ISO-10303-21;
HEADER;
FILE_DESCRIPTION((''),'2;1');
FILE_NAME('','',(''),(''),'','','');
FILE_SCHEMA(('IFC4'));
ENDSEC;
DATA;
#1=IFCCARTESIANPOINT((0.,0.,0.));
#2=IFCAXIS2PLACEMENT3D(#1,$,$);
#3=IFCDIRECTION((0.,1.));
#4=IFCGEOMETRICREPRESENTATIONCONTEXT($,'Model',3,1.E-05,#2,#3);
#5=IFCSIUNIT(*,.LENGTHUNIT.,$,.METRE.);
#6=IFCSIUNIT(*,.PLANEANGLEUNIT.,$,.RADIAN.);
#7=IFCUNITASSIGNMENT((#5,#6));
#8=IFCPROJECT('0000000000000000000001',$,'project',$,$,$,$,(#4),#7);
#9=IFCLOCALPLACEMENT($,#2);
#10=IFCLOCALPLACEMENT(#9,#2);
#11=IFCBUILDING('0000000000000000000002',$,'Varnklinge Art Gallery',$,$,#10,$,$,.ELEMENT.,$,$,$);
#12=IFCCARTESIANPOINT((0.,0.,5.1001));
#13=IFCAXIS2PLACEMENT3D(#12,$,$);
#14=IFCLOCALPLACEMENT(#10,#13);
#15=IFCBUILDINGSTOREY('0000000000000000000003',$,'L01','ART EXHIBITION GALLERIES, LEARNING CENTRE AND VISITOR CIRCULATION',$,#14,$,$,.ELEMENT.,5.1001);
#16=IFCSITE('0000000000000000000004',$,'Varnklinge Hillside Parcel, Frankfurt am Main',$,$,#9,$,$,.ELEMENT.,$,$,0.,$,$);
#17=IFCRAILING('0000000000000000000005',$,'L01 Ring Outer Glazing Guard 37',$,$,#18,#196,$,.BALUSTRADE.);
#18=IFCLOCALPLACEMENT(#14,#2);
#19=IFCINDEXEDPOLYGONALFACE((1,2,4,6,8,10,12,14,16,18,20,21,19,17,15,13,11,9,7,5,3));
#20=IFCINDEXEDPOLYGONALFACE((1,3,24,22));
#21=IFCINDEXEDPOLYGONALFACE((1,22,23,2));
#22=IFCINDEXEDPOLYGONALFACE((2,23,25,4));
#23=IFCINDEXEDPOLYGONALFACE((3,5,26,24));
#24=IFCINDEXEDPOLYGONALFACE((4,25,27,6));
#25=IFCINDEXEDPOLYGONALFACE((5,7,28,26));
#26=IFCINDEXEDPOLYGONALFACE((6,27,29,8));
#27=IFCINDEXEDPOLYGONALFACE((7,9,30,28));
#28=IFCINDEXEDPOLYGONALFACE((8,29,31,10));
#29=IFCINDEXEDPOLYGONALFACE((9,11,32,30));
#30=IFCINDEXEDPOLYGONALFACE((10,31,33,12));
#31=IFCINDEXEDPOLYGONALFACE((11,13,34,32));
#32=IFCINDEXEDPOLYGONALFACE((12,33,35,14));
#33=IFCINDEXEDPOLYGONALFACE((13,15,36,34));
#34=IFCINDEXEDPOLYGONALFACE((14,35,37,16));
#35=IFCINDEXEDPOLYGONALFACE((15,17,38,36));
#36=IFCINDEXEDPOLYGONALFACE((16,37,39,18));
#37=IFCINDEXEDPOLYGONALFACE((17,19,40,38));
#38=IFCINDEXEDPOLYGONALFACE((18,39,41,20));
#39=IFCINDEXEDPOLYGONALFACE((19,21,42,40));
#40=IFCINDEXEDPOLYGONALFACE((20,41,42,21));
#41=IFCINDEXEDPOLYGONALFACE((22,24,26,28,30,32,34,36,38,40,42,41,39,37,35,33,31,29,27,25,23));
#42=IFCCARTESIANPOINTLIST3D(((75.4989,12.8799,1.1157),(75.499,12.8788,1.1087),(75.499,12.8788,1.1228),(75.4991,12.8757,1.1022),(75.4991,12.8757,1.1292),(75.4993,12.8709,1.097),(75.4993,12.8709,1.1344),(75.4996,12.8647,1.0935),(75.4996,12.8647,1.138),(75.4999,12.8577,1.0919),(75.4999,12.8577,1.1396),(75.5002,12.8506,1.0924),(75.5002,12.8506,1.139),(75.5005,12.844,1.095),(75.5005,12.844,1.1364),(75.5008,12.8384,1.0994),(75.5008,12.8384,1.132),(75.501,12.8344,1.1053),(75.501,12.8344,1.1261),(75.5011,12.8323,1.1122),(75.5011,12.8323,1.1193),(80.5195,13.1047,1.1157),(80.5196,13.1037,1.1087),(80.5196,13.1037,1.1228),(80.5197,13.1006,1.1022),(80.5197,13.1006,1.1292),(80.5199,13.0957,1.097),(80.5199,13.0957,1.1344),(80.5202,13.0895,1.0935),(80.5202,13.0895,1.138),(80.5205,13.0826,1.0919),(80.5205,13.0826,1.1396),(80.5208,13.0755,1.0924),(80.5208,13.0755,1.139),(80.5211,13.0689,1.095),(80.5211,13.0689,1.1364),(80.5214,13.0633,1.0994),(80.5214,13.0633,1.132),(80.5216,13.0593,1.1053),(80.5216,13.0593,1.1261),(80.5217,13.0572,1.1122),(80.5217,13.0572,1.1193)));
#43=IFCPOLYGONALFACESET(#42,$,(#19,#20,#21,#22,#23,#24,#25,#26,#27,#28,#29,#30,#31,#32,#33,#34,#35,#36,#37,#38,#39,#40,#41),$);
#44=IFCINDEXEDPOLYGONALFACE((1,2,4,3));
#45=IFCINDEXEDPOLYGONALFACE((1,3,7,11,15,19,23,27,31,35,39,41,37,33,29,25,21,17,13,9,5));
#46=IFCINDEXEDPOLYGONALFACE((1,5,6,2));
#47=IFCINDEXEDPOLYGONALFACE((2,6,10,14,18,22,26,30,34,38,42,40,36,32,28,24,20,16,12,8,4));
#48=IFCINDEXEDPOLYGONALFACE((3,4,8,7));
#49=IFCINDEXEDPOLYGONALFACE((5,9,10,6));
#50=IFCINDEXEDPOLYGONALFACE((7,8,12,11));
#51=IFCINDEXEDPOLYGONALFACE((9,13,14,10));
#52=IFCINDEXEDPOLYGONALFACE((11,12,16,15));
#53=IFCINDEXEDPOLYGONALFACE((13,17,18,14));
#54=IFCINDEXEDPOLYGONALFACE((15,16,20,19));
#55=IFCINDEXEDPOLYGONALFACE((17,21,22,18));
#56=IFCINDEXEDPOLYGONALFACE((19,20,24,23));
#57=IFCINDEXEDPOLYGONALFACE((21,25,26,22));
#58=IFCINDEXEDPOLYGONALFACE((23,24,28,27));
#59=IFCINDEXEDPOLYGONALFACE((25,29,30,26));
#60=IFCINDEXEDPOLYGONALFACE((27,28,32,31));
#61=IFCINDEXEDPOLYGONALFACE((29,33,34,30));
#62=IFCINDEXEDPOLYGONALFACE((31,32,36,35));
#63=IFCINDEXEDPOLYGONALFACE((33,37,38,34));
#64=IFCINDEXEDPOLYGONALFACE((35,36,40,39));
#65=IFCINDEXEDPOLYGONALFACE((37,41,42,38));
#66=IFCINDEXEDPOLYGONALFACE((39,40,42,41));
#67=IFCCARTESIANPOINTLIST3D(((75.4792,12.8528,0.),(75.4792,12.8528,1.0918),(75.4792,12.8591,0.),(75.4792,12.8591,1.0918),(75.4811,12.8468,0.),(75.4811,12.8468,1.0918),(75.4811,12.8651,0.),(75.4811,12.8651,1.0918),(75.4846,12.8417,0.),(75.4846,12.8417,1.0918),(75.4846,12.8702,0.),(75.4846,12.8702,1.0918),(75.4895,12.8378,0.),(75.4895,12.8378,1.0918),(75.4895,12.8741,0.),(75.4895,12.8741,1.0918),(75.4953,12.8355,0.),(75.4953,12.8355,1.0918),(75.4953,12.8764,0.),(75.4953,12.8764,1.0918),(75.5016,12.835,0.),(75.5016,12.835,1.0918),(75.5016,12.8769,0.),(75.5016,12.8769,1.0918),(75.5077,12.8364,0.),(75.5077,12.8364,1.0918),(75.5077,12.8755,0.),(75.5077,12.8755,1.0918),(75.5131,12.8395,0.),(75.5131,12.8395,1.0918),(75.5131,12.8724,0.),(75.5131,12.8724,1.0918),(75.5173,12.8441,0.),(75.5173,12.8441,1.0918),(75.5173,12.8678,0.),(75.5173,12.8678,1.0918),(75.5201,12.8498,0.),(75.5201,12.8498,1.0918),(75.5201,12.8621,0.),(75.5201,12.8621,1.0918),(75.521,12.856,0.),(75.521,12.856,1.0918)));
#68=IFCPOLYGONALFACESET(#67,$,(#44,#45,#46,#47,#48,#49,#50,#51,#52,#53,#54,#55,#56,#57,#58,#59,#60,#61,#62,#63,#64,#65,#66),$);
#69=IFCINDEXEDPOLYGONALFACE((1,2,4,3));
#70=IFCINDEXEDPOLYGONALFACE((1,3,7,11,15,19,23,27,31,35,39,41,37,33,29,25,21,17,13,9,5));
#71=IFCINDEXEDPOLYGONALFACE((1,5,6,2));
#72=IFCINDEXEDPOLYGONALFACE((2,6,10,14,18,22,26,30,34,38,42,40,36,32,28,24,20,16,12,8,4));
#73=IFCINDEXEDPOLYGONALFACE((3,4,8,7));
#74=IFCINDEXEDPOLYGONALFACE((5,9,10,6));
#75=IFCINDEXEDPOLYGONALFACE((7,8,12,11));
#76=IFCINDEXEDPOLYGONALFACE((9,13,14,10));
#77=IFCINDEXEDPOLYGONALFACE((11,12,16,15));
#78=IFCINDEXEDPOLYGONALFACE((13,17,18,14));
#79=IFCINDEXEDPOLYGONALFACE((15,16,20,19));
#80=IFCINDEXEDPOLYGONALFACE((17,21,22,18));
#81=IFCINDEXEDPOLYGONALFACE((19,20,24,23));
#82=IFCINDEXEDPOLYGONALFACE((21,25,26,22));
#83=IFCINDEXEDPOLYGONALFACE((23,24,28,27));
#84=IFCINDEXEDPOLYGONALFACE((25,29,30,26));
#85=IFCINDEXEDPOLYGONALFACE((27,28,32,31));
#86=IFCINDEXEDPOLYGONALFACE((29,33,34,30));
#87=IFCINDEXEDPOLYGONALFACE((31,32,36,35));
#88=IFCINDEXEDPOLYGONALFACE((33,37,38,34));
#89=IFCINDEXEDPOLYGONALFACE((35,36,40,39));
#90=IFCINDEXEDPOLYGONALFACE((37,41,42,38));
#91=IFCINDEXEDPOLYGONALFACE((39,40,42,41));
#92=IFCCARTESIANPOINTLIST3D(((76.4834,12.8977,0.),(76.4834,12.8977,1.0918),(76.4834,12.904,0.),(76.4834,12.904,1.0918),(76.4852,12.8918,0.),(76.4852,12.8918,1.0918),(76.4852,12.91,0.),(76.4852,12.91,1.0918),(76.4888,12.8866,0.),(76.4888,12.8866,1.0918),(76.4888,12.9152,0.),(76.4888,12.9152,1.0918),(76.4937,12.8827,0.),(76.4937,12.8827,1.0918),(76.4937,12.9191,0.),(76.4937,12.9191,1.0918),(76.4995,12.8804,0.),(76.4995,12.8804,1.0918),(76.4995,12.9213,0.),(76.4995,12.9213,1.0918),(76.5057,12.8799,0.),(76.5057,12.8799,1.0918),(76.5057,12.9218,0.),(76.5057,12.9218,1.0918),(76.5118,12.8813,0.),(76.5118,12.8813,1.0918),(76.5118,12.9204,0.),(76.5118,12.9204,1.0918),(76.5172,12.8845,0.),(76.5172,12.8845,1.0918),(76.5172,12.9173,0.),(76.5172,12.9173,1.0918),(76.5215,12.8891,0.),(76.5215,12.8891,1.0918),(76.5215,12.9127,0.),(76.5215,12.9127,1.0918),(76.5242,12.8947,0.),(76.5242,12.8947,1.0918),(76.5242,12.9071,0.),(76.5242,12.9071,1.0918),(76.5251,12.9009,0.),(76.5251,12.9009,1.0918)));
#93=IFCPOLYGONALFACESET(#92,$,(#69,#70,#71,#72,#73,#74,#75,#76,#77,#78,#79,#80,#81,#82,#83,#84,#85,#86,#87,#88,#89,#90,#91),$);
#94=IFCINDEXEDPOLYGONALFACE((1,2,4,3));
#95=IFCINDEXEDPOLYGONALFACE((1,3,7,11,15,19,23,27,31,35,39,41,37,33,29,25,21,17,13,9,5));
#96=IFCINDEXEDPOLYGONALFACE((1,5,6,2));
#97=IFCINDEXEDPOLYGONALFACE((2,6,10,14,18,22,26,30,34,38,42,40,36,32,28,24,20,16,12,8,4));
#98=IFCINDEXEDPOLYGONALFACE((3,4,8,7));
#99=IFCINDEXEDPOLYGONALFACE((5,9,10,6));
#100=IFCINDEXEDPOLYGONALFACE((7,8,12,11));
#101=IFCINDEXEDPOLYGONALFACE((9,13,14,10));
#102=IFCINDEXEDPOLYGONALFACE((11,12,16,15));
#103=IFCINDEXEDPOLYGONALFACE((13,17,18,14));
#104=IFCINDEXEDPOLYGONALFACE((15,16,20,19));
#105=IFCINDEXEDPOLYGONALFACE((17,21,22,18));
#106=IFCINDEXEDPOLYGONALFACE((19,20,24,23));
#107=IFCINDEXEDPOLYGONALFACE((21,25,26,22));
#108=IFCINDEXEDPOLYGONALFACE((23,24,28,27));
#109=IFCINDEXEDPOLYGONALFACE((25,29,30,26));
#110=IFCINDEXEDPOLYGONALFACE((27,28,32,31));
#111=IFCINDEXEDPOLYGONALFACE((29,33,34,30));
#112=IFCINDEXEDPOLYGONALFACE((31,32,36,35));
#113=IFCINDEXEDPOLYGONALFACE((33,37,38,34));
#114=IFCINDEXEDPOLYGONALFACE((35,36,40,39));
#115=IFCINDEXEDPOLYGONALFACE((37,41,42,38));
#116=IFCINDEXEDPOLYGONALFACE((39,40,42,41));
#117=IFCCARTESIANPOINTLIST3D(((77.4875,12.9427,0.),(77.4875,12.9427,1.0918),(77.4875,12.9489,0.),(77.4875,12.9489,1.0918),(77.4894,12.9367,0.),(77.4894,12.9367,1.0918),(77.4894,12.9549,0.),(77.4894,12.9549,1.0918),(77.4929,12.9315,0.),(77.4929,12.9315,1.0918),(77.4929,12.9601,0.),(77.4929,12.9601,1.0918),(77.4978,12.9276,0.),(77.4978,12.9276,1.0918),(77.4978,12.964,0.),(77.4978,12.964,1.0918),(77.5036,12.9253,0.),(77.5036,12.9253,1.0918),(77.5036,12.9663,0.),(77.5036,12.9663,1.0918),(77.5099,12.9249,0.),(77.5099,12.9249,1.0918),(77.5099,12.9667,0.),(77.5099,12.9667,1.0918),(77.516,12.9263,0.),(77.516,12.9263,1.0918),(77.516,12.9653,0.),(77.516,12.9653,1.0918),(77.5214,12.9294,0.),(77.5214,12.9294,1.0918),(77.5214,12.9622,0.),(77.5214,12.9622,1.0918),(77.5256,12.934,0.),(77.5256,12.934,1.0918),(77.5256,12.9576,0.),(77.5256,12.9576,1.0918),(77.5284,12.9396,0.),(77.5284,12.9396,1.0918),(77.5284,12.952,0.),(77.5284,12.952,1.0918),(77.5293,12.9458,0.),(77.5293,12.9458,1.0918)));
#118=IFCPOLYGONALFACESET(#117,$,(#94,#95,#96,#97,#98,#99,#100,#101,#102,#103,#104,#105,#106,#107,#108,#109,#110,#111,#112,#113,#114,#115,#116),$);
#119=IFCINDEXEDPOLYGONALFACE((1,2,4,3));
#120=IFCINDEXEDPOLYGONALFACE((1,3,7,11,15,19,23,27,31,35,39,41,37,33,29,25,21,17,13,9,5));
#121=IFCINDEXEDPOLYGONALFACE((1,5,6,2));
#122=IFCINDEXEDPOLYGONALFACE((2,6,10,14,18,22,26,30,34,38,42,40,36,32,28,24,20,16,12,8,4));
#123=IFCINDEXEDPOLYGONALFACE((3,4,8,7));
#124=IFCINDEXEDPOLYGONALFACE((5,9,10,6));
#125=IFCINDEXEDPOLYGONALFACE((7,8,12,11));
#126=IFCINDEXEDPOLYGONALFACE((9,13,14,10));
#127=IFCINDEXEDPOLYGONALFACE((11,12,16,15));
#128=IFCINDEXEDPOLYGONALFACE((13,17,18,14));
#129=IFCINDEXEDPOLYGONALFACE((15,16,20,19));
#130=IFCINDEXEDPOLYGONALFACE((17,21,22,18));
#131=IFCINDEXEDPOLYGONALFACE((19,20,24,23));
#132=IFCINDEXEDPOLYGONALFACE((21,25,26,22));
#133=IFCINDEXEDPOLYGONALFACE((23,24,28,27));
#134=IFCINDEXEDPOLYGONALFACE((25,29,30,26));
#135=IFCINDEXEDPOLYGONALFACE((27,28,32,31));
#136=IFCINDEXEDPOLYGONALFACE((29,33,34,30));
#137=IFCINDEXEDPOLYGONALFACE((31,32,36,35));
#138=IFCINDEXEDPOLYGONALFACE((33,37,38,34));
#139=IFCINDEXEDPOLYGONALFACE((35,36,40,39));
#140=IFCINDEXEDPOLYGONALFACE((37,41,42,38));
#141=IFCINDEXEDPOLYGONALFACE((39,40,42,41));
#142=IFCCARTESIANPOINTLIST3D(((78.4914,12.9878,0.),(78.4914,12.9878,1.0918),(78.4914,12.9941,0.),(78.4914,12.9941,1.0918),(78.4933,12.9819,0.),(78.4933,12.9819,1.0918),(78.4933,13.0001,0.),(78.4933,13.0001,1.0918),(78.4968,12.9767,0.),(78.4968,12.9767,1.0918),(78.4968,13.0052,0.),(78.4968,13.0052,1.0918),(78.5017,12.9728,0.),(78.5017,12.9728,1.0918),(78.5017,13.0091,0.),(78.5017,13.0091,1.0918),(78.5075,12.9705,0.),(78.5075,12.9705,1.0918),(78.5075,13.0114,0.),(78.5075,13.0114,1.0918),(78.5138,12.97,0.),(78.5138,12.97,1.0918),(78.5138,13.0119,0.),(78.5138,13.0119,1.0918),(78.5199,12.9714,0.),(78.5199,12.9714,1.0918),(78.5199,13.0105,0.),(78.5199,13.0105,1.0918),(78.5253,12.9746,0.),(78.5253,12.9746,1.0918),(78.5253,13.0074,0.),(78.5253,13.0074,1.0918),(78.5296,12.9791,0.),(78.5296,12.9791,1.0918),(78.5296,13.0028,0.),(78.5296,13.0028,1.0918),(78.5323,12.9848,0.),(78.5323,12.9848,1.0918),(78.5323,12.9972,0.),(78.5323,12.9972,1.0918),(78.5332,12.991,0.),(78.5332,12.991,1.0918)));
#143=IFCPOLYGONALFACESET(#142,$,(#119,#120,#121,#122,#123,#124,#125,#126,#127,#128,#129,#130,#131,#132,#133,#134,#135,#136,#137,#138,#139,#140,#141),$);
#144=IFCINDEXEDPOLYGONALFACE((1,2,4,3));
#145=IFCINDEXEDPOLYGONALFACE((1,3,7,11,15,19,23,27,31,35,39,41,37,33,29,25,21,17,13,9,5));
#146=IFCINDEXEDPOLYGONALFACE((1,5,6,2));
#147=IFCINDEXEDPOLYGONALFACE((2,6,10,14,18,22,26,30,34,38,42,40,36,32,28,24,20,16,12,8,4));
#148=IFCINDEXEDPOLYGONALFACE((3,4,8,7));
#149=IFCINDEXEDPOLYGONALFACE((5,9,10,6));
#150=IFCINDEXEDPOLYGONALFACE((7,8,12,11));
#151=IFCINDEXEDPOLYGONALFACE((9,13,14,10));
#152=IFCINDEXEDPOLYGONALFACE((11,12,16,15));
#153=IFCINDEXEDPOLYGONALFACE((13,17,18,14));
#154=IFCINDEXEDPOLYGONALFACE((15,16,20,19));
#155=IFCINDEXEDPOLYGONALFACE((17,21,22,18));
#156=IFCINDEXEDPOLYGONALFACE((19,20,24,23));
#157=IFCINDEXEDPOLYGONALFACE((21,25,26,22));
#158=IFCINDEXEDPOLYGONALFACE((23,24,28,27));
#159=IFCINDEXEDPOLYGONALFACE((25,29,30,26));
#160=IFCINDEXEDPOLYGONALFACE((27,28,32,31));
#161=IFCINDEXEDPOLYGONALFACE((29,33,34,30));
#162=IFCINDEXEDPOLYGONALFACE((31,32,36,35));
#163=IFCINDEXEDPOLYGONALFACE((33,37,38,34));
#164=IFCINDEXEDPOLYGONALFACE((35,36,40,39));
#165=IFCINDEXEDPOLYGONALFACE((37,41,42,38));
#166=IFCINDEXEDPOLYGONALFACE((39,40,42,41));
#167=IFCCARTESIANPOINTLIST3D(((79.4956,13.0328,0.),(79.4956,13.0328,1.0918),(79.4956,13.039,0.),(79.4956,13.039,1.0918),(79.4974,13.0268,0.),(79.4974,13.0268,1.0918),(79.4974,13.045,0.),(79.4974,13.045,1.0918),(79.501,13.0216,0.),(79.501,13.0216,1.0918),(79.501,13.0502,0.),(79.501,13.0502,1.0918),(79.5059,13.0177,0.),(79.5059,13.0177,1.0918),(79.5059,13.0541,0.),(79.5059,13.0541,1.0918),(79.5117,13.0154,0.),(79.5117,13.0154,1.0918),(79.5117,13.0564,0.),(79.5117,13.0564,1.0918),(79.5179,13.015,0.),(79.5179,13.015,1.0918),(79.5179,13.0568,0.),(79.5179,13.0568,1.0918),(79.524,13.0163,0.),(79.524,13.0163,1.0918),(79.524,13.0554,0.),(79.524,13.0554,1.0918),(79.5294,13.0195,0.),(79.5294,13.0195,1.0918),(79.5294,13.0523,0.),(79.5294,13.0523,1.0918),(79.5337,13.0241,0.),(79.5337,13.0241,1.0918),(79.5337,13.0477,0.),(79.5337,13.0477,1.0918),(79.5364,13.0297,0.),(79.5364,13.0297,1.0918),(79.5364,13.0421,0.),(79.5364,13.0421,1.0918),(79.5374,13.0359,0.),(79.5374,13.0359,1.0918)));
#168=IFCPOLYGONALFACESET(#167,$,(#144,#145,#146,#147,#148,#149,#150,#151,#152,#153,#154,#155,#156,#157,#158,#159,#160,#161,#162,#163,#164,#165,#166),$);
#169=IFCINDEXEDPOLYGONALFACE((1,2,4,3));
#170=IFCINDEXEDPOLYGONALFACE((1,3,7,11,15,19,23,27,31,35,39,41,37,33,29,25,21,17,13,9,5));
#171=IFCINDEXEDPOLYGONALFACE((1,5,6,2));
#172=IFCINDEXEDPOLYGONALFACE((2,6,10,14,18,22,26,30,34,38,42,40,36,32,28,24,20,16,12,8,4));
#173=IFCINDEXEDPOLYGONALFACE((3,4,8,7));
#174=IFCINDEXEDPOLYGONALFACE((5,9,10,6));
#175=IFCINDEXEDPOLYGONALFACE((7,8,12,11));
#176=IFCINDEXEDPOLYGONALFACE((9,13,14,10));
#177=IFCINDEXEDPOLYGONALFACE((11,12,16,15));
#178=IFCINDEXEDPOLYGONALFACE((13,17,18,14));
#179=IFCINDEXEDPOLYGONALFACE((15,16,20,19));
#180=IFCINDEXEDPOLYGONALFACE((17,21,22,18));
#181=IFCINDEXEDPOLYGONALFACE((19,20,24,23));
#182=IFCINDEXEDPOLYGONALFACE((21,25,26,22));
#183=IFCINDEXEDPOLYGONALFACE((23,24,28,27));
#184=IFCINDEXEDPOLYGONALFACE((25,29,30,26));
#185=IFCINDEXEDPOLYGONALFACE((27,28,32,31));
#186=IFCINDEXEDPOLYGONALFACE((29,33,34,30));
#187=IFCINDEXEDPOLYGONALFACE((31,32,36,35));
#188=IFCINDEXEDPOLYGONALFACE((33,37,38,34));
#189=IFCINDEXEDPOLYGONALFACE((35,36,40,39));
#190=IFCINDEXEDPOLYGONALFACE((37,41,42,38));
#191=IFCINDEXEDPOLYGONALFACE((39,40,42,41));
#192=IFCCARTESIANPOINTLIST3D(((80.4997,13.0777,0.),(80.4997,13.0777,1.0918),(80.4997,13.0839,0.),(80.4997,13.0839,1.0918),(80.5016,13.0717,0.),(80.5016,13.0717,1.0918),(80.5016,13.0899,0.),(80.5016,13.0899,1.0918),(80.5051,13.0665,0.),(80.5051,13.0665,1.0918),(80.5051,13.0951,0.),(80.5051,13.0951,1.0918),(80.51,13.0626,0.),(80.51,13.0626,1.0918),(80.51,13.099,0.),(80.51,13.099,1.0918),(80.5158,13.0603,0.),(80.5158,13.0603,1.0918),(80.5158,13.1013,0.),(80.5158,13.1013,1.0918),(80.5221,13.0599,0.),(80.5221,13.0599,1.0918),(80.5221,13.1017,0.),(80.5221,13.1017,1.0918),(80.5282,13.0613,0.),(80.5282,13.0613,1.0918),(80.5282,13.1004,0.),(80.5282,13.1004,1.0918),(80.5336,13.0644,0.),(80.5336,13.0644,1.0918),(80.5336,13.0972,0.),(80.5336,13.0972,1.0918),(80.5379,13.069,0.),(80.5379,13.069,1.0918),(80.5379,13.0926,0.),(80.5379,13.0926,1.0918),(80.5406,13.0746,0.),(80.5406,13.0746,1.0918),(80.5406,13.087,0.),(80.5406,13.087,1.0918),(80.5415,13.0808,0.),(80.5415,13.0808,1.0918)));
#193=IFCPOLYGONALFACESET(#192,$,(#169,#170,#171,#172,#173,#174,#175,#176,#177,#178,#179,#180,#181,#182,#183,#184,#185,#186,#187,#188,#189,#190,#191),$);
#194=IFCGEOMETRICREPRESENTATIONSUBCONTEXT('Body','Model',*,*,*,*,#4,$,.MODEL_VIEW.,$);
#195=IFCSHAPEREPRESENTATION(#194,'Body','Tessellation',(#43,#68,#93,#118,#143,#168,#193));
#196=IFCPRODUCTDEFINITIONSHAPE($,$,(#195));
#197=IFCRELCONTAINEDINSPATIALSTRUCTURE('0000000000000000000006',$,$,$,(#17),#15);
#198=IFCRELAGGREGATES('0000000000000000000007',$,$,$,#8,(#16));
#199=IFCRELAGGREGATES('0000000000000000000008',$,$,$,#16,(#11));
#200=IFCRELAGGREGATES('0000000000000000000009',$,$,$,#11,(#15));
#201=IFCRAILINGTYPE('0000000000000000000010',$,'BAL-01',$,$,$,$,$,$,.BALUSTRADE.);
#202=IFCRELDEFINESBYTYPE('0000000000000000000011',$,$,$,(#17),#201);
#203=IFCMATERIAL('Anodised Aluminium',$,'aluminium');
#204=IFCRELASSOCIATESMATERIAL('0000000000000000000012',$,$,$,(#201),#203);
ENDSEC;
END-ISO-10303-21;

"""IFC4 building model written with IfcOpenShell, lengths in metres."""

from ifc_helpers import new_model, si_unit, direction, frame, origin, origin_2d, place, context, subcontext, project, spatial, circle, extrude, material, type_object, element, save


model = new_model("IFC4")

# Units and contexts
model_context = context("Model", 3, precision=1e-05, world=origin(), true_north=direction((0.0, 1.0)))
body_context = subcontext(model_context, "Body", "Model", "MODEL_VIEW")
ifc_project = project(units=[si_unit("LENGTHUNIT", "METRE"), si_unit("PLANEANGLEUNIT", "RADIAN")], contexts=[model_context])

# Site, building, storey
site_placement = place(None, origin())
site = spatial("IfcSite", under=ifc_project, at=site_placement, Name="Varnklinge Hillside Parcel, Frankfurt am Main", CompositionType="ELEMENT", RefElevation=0.0)
building_placement = place(site_placement, origin())
building = spatial("IfcBuilding", under=site, at=building_placement, Name="Varnklinge Art Gallery", CompositionType="ELEMENT")
storey_placement = place(building_placement, frame((0.0, 0.0, 5.1001)))
storey = spatial("IfcBuildingStorey", under=building, at=storey_placement, Name="L01", Description="ART EXHIBITION GALLERIES, LEARNING CENTRE AND VISITOR CIRCULATION", CompositionType="ELEMENT", Elevation=5.1001)

# Railing
ifc_material_1 = material(Name="Anodised Aluminium", Category="aluminium")
railing_type = type_object("IfcRailingType", Name="BAL-01", PredefinedType="BALUSTRADE", material=ifc_material_1)
railing_1_placement = place(storey_placement, frame((75.5, 12.856, 0.0)))
element("IfcRailing", 1, at=railing_1_placement, inside=storey, type_object=railing_type, Name="L01 Ring Outer Glazing Guard 37", PredefinedType="BALUSTRADE", context=body_context, shape_type="SweptSolid", body=[
    extrude(circle(Radius=0.0239, at=origin_2d()), frame((0.0, 0.0, 1.1157), z_axis=(0.998999, 0.044742, 0.0), x_axis=(-0.044742, 0.998999, 0.0)), (0.0, 0.0, 1.0), 5.0256),
    extrude(circle(Radius=0.021, at=origin_2d()), origin(), (0.0, 0.0, 1.0), 1.0918),
    extrude(circle(Radius=0.021, at=origin_2d()), frame((1.0042, 0.0449, 0.0)), (0.0, 0.0, 1.0), 1.0918),
    extrude(circle(Radius=0.021, at=origin_2d()), frame((2.0083, 0.0898, 0.0)), (0.0, 0.0, 1.0), 1.0918),
    extrude(circle(Radius=0.021, at=origin_2d()), frame((3.0122, 0.135, 0.0)), (0.0, 0.0, 1.0), 1.0918),
    extrude(circle(Radius=0.021, at=origin_2d()), frame((4.0164, 0.1799, 0.0)), (0.0, 0.0, 1.0), 1.0918),
    extrude(circle(Radius=0.021, at=origin_2d()), frame((5.0205, 0.2249, 0.0)), (0.0, 0.0, 1.0), 1.0918),
])

save(model, "model.ifc")
